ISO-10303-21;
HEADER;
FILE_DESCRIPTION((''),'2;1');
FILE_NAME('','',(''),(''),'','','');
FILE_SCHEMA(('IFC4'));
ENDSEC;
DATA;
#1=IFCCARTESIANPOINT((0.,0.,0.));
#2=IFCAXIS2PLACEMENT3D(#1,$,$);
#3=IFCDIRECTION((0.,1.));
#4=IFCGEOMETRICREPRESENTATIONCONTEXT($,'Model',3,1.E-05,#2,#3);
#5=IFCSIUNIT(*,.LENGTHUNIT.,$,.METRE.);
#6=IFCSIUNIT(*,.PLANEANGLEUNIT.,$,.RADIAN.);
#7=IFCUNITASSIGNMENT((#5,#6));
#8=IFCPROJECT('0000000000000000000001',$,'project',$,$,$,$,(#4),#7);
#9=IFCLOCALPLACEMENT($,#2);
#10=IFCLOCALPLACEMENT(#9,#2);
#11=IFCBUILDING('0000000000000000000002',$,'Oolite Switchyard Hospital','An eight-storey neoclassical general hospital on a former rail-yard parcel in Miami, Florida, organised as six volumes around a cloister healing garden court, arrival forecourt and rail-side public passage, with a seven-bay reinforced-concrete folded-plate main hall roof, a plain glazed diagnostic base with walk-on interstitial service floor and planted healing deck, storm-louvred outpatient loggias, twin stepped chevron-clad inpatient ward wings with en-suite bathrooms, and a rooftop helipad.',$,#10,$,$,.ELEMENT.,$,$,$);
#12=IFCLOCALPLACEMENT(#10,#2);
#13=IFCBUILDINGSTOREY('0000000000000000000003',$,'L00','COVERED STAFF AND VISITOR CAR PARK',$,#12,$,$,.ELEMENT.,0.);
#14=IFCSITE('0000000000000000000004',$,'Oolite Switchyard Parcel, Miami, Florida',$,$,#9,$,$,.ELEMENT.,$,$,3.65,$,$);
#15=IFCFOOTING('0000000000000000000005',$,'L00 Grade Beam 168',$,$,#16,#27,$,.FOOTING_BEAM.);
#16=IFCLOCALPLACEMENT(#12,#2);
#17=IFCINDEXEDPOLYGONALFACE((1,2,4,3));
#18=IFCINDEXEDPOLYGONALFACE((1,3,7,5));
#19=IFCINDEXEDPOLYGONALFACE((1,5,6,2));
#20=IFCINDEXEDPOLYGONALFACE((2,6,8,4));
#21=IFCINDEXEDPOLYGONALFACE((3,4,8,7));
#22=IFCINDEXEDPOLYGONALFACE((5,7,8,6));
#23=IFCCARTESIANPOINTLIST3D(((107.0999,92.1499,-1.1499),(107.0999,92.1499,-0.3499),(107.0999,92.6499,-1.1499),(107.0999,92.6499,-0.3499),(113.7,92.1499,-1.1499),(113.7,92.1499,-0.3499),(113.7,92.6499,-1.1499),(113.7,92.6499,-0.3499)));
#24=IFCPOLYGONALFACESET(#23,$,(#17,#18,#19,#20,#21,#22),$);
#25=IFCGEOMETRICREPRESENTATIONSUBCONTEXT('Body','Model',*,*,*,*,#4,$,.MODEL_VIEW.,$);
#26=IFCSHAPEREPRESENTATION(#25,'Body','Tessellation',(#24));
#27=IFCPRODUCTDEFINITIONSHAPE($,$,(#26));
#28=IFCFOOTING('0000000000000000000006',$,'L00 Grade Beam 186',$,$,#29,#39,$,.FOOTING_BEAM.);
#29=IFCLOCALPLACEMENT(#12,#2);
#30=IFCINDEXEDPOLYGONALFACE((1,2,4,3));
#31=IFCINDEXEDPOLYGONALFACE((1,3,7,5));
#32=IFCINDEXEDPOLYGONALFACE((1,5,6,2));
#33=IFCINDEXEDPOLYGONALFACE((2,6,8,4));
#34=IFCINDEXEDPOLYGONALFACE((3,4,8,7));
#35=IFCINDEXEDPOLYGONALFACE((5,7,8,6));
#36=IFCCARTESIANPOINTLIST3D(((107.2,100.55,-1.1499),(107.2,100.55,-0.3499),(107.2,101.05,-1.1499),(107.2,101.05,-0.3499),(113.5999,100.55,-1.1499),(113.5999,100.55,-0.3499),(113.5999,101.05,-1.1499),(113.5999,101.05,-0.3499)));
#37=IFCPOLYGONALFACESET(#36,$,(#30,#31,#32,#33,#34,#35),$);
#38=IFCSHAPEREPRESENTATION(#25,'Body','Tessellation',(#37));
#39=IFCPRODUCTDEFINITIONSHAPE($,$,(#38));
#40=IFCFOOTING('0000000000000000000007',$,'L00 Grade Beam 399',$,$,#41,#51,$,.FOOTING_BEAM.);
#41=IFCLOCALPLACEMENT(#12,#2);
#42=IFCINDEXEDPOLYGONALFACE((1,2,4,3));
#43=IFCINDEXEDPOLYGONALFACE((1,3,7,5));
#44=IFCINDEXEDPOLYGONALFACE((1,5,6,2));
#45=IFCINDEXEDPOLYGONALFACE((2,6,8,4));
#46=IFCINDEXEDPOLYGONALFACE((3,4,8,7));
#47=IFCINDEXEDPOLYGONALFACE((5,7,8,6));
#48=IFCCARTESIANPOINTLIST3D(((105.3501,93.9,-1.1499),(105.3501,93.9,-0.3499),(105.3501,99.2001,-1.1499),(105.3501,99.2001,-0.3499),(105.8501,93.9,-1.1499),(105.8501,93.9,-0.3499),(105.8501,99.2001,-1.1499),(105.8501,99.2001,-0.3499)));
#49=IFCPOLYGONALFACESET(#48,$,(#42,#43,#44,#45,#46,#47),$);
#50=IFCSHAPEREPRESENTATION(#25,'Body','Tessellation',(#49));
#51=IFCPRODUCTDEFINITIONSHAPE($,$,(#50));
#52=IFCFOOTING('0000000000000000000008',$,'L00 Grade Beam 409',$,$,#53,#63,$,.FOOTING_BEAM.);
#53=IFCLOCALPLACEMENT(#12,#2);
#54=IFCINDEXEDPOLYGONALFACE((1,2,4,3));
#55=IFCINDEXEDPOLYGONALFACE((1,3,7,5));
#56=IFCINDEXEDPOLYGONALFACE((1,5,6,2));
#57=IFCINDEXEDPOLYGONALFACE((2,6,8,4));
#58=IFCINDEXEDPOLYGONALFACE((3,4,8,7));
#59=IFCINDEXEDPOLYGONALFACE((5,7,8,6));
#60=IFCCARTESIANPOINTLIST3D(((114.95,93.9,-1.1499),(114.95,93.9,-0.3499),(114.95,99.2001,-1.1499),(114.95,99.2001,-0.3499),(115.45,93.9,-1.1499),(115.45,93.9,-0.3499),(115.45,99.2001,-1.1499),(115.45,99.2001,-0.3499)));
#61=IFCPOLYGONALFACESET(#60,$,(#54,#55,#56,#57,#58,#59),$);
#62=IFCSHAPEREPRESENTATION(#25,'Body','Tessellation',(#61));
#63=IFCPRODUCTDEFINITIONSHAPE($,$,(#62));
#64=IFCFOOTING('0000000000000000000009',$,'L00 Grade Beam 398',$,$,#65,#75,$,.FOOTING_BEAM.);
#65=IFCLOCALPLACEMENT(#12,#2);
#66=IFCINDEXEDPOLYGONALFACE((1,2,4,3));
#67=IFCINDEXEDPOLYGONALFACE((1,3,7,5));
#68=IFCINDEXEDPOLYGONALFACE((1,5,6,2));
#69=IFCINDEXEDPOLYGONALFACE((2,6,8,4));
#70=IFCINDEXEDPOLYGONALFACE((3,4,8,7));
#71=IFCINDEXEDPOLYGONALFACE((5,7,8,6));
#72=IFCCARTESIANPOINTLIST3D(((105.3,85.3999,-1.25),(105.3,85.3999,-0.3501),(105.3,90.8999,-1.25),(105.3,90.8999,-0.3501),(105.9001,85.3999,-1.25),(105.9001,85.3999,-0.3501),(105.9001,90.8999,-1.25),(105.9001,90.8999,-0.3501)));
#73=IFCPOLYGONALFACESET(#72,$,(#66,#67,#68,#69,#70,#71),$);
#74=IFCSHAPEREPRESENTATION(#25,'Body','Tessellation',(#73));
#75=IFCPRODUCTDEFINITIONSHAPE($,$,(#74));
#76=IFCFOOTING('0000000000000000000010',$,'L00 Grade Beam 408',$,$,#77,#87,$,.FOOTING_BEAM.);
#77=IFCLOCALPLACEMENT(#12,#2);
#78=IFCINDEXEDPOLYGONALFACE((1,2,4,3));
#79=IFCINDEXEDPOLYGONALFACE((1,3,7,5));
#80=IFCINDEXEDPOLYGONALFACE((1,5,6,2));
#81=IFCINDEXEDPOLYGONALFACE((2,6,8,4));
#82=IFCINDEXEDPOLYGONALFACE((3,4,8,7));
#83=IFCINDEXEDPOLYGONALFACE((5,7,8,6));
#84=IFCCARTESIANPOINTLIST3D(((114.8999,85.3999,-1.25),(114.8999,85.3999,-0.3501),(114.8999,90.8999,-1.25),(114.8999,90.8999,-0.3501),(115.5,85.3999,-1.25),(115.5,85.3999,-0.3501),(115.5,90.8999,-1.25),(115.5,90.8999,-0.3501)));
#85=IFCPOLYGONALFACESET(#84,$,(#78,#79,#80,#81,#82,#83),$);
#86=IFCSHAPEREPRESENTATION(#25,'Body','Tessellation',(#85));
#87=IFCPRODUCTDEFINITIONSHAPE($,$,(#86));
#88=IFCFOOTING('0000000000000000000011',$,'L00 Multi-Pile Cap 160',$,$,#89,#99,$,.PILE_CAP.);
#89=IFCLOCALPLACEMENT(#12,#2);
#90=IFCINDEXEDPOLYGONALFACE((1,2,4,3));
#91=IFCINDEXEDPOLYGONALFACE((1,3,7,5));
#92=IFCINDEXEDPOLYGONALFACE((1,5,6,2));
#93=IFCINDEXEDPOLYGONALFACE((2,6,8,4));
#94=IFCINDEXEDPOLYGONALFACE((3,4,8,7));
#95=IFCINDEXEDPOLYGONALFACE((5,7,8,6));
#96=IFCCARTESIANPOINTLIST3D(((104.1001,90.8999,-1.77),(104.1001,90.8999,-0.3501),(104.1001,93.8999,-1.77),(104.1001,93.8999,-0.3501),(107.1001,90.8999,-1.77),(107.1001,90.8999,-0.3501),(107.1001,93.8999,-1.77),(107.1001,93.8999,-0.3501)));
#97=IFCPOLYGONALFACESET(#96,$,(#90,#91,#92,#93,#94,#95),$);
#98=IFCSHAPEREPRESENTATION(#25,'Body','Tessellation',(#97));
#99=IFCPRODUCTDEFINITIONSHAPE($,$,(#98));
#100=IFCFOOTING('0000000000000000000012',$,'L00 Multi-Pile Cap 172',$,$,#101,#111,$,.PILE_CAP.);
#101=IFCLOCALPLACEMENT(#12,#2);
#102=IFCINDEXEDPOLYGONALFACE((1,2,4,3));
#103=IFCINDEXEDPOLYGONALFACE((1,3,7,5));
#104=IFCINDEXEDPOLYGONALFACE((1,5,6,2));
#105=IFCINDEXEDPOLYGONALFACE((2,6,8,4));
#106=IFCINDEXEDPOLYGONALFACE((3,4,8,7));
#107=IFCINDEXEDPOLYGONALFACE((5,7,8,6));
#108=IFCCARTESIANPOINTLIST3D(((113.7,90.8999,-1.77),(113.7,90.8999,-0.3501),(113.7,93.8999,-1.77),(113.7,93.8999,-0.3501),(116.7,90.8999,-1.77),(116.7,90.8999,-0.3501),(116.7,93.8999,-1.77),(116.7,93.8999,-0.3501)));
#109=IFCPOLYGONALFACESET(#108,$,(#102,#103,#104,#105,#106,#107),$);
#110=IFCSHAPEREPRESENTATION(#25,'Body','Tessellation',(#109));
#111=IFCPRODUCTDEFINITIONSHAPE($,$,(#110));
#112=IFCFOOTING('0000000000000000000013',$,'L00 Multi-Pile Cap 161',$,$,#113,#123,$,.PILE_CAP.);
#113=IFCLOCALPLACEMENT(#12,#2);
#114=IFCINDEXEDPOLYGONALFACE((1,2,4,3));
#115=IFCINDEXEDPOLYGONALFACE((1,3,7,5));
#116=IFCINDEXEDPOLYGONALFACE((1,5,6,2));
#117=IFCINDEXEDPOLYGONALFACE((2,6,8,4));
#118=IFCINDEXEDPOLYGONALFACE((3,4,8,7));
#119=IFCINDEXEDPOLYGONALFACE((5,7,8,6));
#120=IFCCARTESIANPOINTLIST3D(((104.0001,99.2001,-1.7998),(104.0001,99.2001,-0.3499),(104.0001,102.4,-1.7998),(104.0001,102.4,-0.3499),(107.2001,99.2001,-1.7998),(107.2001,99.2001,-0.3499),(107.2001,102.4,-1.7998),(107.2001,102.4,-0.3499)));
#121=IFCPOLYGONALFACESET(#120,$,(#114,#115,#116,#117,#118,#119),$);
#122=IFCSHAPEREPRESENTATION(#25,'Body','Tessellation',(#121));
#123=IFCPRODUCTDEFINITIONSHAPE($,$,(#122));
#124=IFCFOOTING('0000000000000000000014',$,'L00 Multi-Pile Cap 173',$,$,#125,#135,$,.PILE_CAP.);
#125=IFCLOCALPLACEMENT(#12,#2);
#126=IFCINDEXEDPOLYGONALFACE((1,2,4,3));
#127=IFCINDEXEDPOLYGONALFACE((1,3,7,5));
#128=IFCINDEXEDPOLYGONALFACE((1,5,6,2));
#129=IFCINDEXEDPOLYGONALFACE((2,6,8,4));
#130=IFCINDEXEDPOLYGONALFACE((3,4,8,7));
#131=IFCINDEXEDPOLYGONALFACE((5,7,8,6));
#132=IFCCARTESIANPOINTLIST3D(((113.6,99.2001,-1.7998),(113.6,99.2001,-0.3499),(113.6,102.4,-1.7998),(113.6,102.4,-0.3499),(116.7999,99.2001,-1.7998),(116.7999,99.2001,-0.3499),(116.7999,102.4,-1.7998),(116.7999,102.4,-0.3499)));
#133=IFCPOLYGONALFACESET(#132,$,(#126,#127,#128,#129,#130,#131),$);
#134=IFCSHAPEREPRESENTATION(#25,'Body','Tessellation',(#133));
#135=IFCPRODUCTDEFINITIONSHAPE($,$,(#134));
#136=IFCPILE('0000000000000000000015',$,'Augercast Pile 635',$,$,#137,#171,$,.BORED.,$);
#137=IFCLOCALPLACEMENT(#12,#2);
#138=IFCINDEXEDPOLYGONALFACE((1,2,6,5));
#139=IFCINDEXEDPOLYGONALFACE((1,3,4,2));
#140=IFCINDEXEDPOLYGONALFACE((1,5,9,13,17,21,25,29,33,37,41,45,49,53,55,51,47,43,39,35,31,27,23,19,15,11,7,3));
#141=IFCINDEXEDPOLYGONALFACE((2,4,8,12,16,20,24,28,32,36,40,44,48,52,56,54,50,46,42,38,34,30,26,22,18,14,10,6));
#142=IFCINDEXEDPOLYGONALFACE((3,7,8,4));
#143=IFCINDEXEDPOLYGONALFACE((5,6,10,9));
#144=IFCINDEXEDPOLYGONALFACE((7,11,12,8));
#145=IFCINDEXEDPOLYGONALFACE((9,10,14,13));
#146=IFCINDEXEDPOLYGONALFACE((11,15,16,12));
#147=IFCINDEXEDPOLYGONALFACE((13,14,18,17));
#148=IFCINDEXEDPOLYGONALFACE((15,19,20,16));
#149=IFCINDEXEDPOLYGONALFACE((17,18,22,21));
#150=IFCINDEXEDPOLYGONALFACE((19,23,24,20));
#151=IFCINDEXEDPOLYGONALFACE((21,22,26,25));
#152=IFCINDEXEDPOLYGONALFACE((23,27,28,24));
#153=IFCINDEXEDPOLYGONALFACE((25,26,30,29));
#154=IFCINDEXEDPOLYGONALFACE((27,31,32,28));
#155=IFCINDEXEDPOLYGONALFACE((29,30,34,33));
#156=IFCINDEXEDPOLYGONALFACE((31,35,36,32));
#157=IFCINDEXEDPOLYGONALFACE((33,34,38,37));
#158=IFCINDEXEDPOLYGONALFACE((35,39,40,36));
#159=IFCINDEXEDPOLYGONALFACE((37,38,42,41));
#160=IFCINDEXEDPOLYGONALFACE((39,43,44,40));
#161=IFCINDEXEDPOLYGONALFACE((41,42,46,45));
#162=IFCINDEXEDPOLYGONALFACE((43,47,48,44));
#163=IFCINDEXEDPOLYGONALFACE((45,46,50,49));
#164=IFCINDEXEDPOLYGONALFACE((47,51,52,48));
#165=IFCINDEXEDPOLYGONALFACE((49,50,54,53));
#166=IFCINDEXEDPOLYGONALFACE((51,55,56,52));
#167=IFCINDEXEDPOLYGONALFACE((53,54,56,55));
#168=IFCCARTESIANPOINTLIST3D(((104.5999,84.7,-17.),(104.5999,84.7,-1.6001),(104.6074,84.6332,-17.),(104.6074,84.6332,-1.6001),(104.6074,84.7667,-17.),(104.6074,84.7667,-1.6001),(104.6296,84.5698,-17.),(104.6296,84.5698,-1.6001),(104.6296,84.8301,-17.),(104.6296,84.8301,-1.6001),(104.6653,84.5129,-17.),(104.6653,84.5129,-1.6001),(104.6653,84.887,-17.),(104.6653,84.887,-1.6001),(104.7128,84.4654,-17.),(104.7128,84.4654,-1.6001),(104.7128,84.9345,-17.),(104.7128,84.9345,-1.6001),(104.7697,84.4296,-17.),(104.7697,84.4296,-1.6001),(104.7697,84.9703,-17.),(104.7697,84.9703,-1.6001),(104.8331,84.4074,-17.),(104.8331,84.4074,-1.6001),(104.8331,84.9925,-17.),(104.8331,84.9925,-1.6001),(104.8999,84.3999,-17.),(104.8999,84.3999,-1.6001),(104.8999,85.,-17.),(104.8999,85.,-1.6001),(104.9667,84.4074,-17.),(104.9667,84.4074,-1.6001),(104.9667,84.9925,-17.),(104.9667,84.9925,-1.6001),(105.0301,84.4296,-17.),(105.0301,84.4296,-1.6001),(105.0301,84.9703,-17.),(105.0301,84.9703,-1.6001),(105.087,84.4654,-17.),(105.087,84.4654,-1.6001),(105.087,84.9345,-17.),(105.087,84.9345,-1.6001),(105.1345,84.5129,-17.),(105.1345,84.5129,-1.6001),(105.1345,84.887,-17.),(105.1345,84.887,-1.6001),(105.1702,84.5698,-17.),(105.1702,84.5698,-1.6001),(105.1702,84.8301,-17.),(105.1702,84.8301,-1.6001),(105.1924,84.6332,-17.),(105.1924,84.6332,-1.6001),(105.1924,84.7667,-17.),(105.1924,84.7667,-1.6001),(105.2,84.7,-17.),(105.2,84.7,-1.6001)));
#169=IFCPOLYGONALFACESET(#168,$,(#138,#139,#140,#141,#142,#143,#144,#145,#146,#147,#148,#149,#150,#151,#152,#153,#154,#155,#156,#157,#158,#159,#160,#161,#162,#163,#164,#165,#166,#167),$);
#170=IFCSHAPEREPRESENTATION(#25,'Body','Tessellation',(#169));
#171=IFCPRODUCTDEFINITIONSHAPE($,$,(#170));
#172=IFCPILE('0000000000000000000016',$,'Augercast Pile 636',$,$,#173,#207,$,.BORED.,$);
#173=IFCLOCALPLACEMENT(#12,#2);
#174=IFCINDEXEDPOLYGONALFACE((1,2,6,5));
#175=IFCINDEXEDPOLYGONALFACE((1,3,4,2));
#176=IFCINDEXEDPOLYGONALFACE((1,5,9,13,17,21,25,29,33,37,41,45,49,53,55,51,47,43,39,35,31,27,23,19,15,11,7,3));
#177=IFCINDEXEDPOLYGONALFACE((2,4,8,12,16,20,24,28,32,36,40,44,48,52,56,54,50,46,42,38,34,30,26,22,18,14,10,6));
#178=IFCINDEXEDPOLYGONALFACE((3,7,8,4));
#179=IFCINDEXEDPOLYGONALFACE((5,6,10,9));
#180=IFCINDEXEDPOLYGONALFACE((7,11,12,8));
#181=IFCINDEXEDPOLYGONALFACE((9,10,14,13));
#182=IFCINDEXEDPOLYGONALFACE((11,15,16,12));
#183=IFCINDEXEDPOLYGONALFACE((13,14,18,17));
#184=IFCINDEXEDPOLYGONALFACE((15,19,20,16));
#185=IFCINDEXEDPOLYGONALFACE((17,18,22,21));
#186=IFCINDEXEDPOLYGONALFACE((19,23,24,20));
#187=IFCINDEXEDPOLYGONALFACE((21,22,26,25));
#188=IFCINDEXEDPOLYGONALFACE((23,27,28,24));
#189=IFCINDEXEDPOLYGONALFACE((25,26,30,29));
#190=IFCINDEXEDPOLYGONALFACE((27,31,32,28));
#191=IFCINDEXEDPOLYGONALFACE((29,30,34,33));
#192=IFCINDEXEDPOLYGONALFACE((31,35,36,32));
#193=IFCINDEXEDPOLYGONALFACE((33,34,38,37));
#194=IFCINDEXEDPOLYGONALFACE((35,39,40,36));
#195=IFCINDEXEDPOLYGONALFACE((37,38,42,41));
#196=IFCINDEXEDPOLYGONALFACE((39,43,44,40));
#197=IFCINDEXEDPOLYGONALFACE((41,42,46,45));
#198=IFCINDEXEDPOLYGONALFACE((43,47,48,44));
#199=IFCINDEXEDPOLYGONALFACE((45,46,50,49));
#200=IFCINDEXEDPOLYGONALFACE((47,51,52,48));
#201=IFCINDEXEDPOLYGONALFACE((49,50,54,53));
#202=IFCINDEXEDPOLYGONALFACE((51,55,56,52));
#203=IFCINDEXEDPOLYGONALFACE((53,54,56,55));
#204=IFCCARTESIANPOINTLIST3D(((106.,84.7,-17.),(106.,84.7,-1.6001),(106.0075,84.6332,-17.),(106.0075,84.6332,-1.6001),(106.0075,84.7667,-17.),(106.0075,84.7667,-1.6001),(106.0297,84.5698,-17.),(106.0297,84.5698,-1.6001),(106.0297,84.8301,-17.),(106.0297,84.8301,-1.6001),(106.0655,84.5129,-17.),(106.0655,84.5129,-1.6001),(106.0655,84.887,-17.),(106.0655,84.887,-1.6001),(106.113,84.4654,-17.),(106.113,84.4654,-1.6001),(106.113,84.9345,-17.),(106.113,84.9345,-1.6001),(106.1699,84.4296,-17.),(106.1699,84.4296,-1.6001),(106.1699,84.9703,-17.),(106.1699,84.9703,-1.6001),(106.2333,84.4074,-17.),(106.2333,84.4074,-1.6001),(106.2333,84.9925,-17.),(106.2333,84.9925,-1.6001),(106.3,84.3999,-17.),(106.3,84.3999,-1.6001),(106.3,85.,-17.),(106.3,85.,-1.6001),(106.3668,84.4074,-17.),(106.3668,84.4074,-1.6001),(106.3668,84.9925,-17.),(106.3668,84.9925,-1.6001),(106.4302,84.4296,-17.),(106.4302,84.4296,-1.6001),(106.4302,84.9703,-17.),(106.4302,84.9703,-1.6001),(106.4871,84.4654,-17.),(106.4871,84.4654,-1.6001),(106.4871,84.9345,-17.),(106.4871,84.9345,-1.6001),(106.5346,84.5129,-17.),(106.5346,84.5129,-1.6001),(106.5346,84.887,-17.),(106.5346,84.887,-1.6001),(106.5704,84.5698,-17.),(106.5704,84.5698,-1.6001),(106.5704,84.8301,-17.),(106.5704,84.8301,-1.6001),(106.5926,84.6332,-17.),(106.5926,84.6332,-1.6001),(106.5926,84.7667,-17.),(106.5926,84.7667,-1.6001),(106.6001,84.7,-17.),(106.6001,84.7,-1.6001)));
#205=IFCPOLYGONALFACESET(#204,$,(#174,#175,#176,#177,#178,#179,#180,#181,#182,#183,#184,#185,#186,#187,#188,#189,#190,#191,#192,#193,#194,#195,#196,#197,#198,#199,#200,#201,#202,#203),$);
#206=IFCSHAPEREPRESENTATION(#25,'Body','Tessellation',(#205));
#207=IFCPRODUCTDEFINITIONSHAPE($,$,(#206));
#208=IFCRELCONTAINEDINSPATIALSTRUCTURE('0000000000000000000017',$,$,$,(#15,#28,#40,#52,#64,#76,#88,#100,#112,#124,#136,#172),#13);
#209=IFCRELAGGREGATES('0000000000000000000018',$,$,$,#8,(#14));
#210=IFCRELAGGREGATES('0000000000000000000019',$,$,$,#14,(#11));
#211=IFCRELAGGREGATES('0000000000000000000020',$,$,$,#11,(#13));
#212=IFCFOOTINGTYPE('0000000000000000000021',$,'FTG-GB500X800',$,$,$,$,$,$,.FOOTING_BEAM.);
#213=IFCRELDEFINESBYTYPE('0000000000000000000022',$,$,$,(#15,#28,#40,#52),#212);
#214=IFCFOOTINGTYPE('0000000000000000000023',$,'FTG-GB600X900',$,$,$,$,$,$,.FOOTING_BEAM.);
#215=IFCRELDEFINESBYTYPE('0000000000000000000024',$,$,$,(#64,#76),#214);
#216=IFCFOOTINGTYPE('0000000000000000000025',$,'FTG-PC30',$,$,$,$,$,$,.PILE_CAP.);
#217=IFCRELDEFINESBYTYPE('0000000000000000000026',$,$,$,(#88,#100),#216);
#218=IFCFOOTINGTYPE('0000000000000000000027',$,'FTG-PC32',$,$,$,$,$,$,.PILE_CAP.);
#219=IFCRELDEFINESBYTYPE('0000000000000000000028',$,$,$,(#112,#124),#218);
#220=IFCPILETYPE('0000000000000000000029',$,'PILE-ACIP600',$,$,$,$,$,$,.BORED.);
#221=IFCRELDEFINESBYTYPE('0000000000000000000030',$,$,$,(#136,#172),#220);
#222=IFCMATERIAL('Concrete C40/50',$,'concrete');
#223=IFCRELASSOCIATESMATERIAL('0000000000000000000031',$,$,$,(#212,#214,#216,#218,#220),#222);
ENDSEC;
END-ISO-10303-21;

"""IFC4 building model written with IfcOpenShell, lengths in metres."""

from ifc_helpers import new_model, si_unit, direction, frame, origin, origin_2d, place, context, subcontext, project, spatial, rectangle, circle, extrude, material, material_profile, profile_set, type_object, element, save


model = new_model("IFC4")

# Units and contexts
model_context = context("Model", 3, precision=1e-05, world=origin(), true_north=direction((0.0, 1.0)))
body_context = subcontext(model_context, "Body", "Model", "MODEL_VIEW")
ifc_project = project(units=[si_unit("LENGTHUNIT", "METRE"), si_unit("PLANEANGLEUNIT", "RADIAN")], contexts=[model_context])

# Site, building, storey
site_placement = place(None, origin())
site = spatial("IfcSite", under=ifc_project, at=site_placement, Name="Oolite Switchyard Parcel, Miami, Florida", CompositionType="ELEMENT", RefElevation=3.65)
building_placement = place(site_placement, origin())
building = spatial("IfcBuilding", under=site, at=building_placement, Name="Oolite Switchyard Hospital", Description="An eight-storey neoclassical general hospital on a former rail-yard parcel in Miami, Florida, organised as six volumes around a cloister healing garden court, arrival forecourt and rail-side public passage, with a seven-bay reinforced-concrete folded-plate main hall roof, a plain glazed diagnostic base with walk-on interstitial service floor and planted healing deck, storm-louvred outpatient loggias, twin stepped chevron-clad inpatient ward wings with en-suite bathrooms, and a rooftop helipad.", CompositionType="ELEMENT")
storey_placement = place(building_placement, origin())
storey = spatial("IfcBuildingStorey", under=building, at=storey_placement, Name="L00", Description="COVERED STAFF AND VISITOR CAR PARK", CompositionType="ELEMENT", Elevation=0.0)

# Footings
ifc_material_1 = material(Name="Concrete C40/50", Category="concrete")
footing_type_1 = type_object("IfcFootingType", Name="FTG-GB500X800", PredefinedType="FOOTING_BEAM", material=ifc_material_1)
footing_1_placement = place(storey_placement, frame((110.3999, 92.3999, -1.1499), z_axis=(0.0, 0.0, 1.0), x_axis=(1.0, 0.0, 0.0)))
element("IfcFooting", 1, at=footing_1_placement, inside=storey, type_object=footing_type_1, Name="L00 Grade Beam 168", PredefinedType="FOOTING_BEAM", context=body_context, shape_type="SweptSolid", body=[
    extrude(rectangle(XDim=6.6001, YDim=0.5, at=origin_2d()), origin(), (0.0, 0.0, 1.0), 0.8),
])
footing_2_placement = place(storey_placement, frame((110.3999, 100.8, -1.1499), z_axis=(0.0, 0.0, 1.0), x_axis=(1.0, 0.0, 0.0)))
element("IfcFooting", 2, at=footing_2_placement, inside=storey, type_object=footing_type_1, Name="L00 Grade Beam 186", PredefinedType="FOOTING_BEAM", context=body_context, shape_type="SweptSolid", body=[
    extrude(rectangle(XDim=6.3999, YDim=0.5, at=origin_2d()), origin(), (0.0, 0.0, 1.0), 0.8),
])
for number, where, z_axis, x_axis, name in (
    (3, (105.6001, 96.55, -1.1499), (0.0, 0.0, 1.0), (0.0, 1.0, 0.0), "L00 Grade Beam 399"),
    (4, (115.2, 96.55, -1.1499), (0.0, 0.0, 1.0), (0.0, 1.0, 0.0), "L00 Grade Beam 409"),
):
    element("IfcFooting", number, at=place(storey_placement, frame(where, z_axis=z_axis, x_axis=x_axis)), inside=storey, type_object=footing_type_1, Name=name, PredefinedType="FOOTING_BEAM", context=body_context, shape_type="SweptSolid", body=[
        extrude(rectangle(XDim=5.3, YDim=0.5, at=origin_2d()), origin(), (0.0, 0.0, 1.0), 0.8),
    ])
footing_type_2 = type_object("IfcFootingType", Name="FTG-GB600X900", PredefinedType="FOOTING_BEAM", material=ifc_material_1)
for number, where, z_axis, x_axis, name in (
    (5, (105.6001, 88.1499, -1.25), (0.0, 0.0, 1.0), (0.0, 1.0, 0.0), "L00 Grade Beam 398"),
    (6, (115.2, 88.1499, -1.25), (0.0, 0.0, 1.0), (0.0, 1.0, 0.0), "L00 Grade Beam 408"),
):
    element("IfcFooting", number, at=place(storey_placement, frame(where, z_axis=z_axis, x_axis=x_axis)), inside=storey, type_object=footing_type_2, Name=name, PredefinedType="FOOTING_BEAM", context=body_context, shape_type="SweptSolid", body=[
        extrude(rectangle(XDim=5.5, YDim=0.6001, at=origin_2d()), origin(), (0.0, 0.0, 1.0), 0.8999),
    ])
footing_type_3 = type_object("IfcFootingType", Name="FTG-PC30", PredefinedType="PILE_CAP", material=ifc_material_1)
for number, where, z_axis, x_axis, name in (
    (7, (105.6001, 92.3999, -1.77), (0.0, 0.0, 1.0), (1.0, 0.0, 0.0), "L00 Multi-Pile Cap 160"),
    (8, (115.2, 92.3999, -1.77), (0.0, 0.0, 1.0), (1.0, 0.0, 0.0), "L00 Multi-Pile Cap 172"),
):
    element("IfcFooting", number, at=place(storey_placement, frame(where, z_axis=z_axis, x_axis=x_axis)), inside=storey, type_object=footing_type_3, Name=name, PredefinedType="PILE_CAP", context=body_context, shape_type="SweptSolid", body=[
        extrude(rectangle(XDim=3.0, YDim=3.0, at=origin_2d()), origin(), (0.0, 0.0, 1.0), 1.4199),
    ])
footing_type_4 = type_object("IfcFootingType", Name="FTG-PC32", PredefinedType="PILE_CAP", material=ifc_material_1)
for number, where, z_axis, x_axis, name in (
    (9, (105.6001, 100.8, -1.7998), (0.0, 0.0, 1.0), (1.0, 0.0, 0.0), "L00 Multi-Pile Cap 161"),
    (10, (115.2, 100.8, -1.7998), (0.0, 0.0, 1.0), (1.0, 0.0, 0.0), "L00 Multi-Pile Cap 173"),
):
    element("IfcFooting", number, at=place(storey_placement, frame(where, z_axis=z_axis, x_axis=x_axis)), inside=storey, type_object=footing_type_4, Name=name, PredefinedType="PILE_CAP", context=body_context, shape_type="SweptSolid", body=[
        extrude(rectangle(XDim=3.2, YDim=3.2, at=origin_2d()), origin(), (0.0, 0.0, 1.0), 1.45),
    ])

# Piles
ifc_material_profile_1 = material_profile(ifc_material_1, circle(Radius=0.3, at=origin_2d()), Name="PILE600")
ifc_profile_set_1 = profile_set([ifc_material_profile_1], Name="Concrete C40/50")
pile_type = type_object("IfcPileType", Name="PILE-ACIP600", PredefinedType="BORED", material=ifc_profile_set_1)
for number, where, z_axis, x_axis, name in (
    (11, (104.8999, 84.7, -1.6001), (0.0, 0.0, -1.0), (1.0, 0.0, 0.0), "Augercast Pile 635"),
    (12, (106.3, 84.7, -1.6001), (0.0, 0.0, -1.0), (1.0, 0.0, 0.0), "Augercast Pile 636"),
):
    element("IfcPile", number, at=place(storey_placement, frame(where, z_axis=z_axis, x_axis=x_axis)), inside=storey, type_object=pile_type, Name=name, PredefinedType="BORED", context=body_context, shape_type="SweptSolid", body=[
        extrude(circle(Radius=0.3, at=origin_2d()), origin(), (0.0, 0.0, 1.0), 15.3999),
    ])

save(model, "model.ifc")
